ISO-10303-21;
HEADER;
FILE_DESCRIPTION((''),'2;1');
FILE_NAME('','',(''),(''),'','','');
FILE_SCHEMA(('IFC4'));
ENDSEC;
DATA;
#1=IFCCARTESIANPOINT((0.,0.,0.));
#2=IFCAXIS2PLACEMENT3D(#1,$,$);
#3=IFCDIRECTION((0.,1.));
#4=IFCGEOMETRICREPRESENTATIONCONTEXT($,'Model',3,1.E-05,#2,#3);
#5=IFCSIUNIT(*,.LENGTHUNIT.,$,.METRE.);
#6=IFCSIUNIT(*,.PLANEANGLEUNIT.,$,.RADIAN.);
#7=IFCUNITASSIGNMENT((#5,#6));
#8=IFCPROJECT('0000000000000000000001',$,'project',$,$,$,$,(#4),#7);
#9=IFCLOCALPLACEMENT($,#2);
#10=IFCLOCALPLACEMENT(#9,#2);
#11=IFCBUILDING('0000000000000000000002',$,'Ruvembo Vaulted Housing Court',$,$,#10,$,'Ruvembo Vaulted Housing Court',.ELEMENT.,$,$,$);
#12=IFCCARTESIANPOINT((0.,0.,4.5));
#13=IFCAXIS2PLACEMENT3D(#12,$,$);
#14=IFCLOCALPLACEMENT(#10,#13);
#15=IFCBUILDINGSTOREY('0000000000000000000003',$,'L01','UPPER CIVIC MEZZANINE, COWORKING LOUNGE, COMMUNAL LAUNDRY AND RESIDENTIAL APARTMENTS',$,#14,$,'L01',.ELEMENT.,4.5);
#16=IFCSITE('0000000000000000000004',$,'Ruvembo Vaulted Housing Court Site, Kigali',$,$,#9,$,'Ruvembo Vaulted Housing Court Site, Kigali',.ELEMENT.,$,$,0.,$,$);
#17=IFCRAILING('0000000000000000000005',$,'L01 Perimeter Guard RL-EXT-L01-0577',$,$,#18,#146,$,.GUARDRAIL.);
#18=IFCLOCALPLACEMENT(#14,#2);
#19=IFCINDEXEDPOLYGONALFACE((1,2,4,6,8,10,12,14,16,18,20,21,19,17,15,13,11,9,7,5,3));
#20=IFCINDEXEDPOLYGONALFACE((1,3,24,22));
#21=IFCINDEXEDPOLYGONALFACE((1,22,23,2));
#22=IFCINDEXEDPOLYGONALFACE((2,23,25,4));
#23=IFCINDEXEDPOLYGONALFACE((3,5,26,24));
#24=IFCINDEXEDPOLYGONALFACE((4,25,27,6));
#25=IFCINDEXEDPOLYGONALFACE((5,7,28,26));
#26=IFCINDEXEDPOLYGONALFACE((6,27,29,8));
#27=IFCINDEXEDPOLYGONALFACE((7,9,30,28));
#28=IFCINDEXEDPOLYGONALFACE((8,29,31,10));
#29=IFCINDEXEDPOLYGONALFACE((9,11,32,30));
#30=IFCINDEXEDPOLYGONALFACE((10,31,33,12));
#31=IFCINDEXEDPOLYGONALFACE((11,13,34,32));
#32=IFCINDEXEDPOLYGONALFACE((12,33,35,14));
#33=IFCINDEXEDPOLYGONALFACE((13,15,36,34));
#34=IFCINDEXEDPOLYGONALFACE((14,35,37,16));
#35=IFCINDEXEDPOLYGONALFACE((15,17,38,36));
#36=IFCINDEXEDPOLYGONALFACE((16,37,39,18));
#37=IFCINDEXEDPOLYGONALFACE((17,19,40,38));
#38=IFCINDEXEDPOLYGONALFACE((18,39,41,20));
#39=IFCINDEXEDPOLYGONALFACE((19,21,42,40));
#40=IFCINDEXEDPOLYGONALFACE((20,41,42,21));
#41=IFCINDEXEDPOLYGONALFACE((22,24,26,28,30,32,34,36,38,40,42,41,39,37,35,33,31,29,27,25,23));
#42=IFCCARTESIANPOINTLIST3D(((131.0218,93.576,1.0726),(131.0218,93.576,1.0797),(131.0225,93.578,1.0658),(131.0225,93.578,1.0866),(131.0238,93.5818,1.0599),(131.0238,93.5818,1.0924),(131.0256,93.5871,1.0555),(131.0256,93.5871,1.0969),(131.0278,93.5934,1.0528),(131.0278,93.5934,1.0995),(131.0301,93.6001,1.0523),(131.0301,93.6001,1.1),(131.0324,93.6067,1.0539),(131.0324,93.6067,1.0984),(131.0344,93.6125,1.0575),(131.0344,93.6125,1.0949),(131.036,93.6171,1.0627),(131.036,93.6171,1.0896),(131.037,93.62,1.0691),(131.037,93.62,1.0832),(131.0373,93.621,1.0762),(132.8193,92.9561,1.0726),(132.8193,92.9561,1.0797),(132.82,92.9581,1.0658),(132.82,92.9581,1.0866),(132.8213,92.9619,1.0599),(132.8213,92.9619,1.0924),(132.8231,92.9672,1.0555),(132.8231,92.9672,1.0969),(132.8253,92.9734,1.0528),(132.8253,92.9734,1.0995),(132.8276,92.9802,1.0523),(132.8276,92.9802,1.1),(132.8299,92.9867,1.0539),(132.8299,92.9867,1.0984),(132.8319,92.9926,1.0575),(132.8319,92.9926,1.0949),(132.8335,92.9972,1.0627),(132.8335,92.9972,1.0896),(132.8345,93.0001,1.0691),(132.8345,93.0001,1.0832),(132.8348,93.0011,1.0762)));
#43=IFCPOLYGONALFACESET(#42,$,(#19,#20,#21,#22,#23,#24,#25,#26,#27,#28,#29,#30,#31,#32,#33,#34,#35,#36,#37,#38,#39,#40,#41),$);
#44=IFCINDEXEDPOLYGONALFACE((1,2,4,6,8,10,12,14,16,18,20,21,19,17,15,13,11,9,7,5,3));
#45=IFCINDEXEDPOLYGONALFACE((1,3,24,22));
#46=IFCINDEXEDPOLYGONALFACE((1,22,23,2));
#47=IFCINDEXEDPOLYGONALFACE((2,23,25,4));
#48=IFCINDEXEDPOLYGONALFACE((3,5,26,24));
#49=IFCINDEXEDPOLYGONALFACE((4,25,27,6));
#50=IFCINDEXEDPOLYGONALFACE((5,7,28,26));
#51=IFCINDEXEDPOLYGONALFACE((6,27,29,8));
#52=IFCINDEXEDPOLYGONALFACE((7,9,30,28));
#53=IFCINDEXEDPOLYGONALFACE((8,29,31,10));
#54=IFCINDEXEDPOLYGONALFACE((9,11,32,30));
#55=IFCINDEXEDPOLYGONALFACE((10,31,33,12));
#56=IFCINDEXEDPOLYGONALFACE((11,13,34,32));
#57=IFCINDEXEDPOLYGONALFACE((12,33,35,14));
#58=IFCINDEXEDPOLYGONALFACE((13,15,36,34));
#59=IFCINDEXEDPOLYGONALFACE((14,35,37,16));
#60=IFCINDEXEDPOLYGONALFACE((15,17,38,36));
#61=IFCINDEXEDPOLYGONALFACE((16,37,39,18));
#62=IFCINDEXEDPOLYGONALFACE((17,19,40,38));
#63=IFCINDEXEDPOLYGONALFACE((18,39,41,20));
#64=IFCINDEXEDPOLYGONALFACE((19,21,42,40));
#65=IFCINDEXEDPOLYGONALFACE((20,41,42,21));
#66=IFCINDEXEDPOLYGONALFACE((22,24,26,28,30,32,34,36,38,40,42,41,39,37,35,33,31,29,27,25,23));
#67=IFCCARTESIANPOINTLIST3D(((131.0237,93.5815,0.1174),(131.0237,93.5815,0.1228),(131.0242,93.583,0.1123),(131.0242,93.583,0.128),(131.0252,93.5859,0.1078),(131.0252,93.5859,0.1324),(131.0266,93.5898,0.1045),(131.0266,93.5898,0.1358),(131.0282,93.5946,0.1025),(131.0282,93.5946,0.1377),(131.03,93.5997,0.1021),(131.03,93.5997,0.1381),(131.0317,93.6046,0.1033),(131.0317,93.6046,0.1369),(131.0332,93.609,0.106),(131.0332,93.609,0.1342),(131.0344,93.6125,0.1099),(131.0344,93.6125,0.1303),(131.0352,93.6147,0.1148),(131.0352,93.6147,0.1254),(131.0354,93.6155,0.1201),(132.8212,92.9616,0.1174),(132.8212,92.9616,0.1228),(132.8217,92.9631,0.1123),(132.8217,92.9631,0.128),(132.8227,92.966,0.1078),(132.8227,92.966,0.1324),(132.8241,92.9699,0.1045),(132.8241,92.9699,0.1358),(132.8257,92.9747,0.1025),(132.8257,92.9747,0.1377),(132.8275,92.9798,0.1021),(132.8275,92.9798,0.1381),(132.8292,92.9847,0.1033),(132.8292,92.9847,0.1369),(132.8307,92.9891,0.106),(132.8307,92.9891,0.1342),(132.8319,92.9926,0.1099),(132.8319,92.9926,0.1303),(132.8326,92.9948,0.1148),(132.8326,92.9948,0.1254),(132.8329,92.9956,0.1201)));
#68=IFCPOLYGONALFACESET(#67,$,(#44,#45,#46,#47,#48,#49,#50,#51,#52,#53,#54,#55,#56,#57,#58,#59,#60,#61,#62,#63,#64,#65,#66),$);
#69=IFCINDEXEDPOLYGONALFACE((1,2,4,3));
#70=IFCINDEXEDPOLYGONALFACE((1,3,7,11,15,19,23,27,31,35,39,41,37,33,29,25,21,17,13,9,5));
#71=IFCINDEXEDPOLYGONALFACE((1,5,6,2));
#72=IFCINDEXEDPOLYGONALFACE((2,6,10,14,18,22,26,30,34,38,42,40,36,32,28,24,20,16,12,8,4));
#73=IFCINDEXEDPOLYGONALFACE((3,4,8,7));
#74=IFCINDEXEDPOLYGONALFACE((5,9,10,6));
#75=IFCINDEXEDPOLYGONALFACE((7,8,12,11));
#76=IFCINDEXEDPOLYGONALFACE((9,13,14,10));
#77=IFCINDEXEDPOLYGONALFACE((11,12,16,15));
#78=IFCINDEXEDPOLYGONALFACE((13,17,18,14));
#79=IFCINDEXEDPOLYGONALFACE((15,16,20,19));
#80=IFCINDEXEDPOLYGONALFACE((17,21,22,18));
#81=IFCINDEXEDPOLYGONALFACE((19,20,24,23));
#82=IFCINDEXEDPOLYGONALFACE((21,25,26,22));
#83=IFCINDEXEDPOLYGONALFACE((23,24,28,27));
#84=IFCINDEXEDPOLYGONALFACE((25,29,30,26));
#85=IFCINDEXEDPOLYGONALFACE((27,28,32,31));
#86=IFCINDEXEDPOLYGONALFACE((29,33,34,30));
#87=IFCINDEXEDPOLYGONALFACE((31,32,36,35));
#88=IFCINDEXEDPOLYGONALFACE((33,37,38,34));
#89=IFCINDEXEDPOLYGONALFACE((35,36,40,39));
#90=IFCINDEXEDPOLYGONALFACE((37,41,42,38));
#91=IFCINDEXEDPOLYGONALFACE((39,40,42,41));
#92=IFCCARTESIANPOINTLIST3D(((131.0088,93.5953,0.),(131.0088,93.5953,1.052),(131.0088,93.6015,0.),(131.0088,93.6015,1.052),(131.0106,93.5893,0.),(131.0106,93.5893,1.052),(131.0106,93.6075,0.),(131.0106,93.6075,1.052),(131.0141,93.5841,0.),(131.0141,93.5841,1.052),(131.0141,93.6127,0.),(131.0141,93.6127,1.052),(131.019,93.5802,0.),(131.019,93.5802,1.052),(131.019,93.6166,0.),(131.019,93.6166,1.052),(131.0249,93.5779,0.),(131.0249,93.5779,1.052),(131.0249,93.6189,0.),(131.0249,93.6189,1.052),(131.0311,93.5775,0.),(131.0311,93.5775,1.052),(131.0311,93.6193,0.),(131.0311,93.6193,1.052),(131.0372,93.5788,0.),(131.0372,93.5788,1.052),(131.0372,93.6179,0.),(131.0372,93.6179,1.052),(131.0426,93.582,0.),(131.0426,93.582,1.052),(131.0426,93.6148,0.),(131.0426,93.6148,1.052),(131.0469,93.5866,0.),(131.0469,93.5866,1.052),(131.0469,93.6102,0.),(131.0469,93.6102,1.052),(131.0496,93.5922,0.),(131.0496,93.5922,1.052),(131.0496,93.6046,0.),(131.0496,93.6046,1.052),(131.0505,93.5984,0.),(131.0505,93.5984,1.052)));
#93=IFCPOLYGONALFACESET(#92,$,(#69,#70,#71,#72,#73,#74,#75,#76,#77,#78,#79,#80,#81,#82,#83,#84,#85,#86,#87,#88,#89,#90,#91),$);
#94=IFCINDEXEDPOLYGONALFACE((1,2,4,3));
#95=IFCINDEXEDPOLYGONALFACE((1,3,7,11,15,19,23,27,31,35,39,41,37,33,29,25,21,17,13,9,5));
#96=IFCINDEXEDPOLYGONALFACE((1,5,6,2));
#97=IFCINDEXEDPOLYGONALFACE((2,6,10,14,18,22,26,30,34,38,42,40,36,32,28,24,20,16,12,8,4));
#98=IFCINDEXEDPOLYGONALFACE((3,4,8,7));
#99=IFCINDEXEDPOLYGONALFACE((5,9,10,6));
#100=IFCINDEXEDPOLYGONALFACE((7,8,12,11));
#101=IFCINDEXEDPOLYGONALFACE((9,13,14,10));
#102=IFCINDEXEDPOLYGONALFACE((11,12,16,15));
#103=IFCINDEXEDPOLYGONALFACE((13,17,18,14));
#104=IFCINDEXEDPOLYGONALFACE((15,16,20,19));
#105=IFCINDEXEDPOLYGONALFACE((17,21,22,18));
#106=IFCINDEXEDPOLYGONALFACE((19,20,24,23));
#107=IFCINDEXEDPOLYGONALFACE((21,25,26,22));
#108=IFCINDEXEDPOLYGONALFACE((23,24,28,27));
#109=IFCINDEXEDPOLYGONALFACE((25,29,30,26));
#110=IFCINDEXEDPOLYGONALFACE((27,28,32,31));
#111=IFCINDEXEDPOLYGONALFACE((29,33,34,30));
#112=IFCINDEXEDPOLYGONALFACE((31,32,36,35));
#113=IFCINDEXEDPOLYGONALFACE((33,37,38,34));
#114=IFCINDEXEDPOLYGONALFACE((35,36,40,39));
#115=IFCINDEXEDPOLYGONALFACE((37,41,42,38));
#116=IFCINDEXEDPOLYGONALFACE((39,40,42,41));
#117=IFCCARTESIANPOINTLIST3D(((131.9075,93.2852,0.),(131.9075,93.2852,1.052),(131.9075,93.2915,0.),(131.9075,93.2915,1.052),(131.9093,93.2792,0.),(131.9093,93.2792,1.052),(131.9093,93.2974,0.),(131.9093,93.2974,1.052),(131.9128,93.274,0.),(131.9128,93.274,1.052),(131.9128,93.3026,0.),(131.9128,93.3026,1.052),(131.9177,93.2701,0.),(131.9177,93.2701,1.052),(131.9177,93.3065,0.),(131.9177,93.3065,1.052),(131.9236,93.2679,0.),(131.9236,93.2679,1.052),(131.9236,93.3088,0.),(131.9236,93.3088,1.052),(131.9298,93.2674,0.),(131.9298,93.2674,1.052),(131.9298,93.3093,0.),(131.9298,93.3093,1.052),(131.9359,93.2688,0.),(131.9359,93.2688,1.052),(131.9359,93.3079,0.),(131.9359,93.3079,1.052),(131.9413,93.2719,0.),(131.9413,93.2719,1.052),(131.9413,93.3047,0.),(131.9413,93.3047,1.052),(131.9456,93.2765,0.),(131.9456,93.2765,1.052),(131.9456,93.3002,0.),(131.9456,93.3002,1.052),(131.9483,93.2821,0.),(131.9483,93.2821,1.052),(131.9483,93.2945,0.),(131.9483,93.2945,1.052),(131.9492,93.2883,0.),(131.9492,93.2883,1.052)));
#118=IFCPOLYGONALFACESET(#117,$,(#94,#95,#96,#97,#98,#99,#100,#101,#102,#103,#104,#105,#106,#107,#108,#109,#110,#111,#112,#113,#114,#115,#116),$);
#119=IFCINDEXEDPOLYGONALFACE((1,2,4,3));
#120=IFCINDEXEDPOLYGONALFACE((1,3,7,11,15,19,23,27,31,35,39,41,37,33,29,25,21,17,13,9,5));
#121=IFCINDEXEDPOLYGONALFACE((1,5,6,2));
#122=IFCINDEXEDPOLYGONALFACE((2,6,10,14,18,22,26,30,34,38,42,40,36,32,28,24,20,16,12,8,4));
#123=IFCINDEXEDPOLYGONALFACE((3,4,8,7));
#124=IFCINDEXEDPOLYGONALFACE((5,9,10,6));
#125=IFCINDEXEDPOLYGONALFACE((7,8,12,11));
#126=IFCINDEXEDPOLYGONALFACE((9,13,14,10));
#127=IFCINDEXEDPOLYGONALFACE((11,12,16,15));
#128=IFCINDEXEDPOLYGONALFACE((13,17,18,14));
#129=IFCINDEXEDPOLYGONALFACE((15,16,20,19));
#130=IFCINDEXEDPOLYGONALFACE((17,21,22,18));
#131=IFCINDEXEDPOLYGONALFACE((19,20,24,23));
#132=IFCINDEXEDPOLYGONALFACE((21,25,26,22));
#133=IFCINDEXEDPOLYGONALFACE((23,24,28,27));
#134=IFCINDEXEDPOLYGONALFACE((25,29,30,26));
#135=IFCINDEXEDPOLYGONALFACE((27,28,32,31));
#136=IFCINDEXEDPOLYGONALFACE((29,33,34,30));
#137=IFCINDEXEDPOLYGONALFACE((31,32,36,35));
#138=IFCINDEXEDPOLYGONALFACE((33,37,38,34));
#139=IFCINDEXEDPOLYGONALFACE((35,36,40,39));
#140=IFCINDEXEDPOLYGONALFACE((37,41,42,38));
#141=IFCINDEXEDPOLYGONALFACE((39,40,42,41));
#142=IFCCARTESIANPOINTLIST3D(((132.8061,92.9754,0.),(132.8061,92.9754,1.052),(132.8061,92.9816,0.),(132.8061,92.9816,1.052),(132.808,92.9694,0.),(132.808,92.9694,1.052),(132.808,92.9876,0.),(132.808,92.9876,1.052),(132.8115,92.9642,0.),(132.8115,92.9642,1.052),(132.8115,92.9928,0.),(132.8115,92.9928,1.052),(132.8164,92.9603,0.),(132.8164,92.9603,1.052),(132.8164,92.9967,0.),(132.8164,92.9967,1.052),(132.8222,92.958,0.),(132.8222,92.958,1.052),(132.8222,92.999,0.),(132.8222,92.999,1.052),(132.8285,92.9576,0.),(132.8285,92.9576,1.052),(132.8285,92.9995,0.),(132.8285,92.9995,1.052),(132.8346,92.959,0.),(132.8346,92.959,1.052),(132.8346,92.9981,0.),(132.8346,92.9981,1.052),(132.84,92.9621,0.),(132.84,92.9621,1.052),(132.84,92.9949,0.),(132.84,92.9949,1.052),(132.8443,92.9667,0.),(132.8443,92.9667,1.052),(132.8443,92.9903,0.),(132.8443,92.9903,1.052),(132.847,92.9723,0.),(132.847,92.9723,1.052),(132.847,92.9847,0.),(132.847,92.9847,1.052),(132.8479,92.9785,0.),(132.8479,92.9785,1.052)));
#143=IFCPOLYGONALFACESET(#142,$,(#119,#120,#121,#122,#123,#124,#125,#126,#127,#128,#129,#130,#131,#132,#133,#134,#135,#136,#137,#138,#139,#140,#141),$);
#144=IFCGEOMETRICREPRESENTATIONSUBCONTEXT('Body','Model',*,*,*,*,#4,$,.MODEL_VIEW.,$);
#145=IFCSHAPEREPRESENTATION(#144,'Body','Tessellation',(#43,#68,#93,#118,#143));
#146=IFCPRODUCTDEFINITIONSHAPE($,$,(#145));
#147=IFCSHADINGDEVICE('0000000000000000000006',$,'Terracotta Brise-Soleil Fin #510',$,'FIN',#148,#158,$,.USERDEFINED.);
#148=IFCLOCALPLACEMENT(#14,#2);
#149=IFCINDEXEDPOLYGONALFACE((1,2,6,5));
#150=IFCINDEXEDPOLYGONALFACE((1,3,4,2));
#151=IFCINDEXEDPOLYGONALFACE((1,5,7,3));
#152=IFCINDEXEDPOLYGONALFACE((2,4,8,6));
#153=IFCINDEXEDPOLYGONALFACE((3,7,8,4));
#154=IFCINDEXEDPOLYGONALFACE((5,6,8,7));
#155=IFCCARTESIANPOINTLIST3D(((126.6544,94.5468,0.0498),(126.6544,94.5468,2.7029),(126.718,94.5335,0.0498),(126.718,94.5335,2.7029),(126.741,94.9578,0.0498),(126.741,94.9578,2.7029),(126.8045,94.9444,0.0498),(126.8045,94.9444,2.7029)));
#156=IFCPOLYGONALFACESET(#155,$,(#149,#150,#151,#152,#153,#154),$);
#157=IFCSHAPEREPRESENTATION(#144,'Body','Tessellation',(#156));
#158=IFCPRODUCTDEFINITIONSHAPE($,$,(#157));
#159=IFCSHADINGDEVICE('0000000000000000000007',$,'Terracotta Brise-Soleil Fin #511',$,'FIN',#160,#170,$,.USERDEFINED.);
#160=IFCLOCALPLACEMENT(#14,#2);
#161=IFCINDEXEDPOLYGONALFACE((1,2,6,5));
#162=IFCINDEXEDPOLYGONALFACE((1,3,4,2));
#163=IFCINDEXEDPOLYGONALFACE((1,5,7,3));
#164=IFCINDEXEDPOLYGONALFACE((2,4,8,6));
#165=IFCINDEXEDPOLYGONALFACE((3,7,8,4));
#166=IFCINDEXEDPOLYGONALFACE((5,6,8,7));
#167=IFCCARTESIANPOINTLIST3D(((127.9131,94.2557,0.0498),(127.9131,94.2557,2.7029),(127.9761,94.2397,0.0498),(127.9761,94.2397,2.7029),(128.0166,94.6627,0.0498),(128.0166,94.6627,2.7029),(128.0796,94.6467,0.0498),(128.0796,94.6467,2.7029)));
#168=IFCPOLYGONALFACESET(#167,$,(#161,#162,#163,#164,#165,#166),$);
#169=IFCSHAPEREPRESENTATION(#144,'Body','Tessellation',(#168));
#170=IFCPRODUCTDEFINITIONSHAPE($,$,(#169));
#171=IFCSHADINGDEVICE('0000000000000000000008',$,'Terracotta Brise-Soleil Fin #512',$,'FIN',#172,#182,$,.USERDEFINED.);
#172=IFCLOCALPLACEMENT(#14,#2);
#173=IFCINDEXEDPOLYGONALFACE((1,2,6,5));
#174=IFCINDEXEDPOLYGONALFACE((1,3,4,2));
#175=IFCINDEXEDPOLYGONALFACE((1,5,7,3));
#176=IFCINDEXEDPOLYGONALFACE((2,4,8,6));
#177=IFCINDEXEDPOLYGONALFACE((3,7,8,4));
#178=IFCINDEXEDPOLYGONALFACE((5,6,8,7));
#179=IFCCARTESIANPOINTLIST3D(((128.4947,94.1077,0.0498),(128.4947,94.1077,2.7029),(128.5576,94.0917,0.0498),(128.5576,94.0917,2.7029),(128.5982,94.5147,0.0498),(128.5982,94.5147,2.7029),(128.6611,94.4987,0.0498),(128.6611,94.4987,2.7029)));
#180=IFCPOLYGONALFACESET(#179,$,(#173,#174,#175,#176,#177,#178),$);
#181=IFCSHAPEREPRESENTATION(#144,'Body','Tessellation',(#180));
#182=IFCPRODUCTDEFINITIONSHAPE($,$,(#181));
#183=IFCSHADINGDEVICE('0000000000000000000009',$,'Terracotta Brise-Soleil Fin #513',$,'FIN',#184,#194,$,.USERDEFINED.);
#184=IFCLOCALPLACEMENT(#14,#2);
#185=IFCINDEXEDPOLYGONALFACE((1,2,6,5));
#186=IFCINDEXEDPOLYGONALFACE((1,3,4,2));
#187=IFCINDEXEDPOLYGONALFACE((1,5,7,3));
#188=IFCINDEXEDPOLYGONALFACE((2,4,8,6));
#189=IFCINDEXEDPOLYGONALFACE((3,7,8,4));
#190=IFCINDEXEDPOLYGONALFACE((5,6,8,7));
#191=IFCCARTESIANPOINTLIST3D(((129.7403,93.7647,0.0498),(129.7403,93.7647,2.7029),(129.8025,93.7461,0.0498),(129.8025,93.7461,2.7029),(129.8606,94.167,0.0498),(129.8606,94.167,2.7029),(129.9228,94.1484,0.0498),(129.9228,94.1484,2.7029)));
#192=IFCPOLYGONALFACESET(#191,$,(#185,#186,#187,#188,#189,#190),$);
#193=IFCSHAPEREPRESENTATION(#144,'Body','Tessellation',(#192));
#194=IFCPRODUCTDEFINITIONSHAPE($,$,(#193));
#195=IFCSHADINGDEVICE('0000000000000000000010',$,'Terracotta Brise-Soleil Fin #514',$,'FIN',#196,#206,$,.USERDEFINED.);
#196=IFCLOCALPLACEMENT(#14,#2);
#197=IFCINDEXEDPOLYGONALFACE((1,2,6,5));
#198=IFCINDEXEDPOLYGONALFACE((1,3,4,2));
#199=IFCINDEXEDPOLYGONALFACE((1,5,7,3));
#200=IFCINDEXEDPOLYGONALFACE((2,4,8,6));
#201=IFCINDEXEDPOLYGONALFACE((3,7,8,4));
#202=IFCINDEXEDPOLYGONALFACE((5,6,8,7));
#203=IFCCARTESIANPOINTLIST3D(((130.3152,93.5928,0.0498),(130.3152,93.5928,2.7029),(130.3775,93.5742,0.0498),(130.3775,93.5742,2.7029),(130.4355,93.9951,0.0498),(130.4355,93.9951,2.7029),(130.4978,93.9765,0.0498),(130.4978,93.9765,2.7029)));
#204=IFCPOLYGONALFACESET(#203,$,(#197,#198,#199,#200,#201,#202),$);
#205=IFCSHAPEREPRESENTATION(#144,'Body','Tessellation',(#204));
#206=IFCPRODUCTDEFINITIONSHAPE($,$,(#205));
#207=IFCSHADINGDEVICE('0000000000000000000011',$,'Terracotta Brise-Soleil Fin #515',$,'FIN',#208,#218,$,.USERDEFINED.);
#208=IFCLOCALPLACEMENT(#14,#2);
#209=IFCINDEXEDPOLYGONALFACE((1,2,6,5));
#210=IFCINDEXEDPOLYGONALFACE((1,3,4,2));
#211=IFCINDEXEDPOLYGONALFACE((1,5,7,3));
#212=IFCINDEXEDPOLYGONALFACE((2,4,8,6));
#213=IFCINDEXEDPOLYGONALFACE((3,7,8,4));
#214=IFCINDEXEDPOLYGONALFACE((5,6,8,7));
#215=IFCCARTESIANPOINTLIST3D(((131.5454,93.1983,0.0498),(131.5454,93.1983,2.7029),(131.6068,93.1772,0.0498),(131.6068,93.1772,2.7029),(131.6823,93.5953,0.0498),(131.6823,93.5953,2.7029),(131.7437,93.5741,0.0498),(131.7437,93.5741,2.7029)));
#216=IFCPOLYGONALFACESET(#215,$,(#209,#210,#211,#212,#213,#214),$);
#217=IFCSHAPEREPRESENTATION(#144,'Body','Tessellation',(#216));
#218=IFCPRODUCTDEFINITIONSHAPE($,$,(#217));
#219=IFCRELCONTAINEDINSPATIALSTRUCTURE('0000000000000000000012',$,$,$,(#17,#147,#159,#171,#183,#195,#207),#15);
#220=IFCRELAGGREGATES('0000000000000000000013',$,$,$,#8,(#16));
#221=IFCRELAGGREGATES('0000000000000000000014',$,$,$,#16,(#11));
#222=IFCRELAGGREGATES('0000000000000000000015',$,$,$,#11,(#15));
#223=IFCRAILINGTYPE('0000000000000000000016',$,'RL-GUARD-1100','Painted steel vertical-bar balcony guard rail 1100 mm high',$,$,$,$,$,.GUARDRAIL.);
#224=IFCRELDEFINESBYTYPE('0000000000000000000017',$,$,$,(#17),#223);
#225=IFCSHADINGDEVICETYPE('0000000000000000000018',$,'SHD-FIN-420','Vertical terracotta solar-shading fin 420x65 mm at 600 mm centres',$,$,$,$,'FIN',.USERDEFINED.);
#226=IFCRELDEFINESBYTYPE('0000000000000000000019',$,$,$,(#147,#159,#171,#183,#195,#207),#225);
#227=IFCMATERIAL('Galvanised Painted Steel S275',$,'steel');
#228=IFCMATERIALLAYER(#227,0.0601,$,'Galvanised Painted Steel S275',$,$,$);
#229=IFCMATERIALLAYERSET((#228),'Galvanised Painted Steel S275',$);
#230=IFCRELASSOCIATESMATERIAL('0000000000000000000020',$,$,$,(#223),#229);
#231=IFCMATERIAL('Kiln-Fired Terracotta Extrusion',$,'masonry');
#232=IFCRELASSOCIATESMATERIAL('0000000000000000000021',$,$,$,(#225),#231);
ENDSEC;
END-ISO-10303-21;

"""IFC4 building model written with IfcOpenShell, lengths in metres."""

from ifc_helpers import new_model, si_unit, direction, frame, origin, origin_2d, place, context, subcontext, project, spatial, rectangle, circle, extrude, material, layer, layer_set, type_object, element, save


model = new_model("IFC4")

# Units and contexts
model_context = context("Model", 3, precision=1e-05, world=origin(), true_north=direction((0.0, 1.0)))
body_context = subcontext(model_context, "Body", "Model", "MODEL_VIEW")
ifc_project = project(units=[si_unit("LENGTHUNIT", "METRE"), si_unit("PLANEANGLEUNIT", "RADIAN")], contexts=[model_context])

# Site, building, storey
site_placement = place(None, origin())
site = spatial("IfcSite", under=ifc_project, at=site_placement, Name="Ruvembo Vaulted Housing Court Site, Kigali", LongName="Ruvembo Vaulted Housing Court Site, Kigali", CompositionType="ELEMENT", RefElevation=0.0)
building_placement = place(site_placement, origin())
building = spatial("IfcBuilding", under=site, at=building_placement, Name="Ruvembo Vaulted Housing Court", LongName="Ruvembo Vaulted Housing Court", CompositionType="ELEMENT")
storey_placement = place(building_placement, frame((0.0, 0.0, 4.5)))
storey = spatial("IfcBuildingStorey", under=building, at=storey_placement, Name="L01", Description="UPPER CIVIC MEZZANINE, COWORKING LOUNGE, COMMUNAL LAUNDRY AND RESIDENTIAL APARTMENTS", LongName="L01", CompositionType="ELEMENT", Elevation=4.5)

# Railing
ifc_material_1 = material(Name="Galvanised Painted Steel S275", Category="steel")
ifc_layer = layer(ifc_material_1, 0.0601, Name="Galvanised Painted Steel S275")
ifc_layer_set = layer_set([ifc_layer], Name="Galvanised Painted Steel S275")
railing_type = type_object("IfcRailingType", Name="RL-GUARD-1100", Description="Painted steel vertical-bar balcony guard rail 1100 mm high", PredefinedType="GUARDRAIL", material=ifc_layer_set)
railing_1_placement = place(storey_placement, frame((131.0295, 93.5984, 0.0)))
element("IfcRailing", 1, at=railing_1_placement, inside=storey, type_object=railing_type, Name="L01 Perimeter Guard RL-EXT-L01-0577", PredefinedType="GUARDRAIL", context=body_context, shape_type="SweptSolid", body=[
    extrude(circle(Radius=0.0239, at=origin_2d()), frame((0.0, 0.0, 1.0762), z_axis=(0.945358, -0.326034, 0.0), x_axis=(0.326034, 0.945358, 0.0)), (0.0, 0.0, 1.0), 1.9014),
    extrude(circle(Radius=0.0181, at=origin_2d()), frame((0.0, 0.0, 0.1201), z_axis=(0.945358, -0.326034, 0.0), x_axis=(0.326034, 0.945358, 0.0)), (0.0, 0.0, 1.0), 1.9014),
    extrude(circle(Radius=0.021, at=origin_2d()), origin(), (0.0, 0.0, 1.0), 1.052),
    extrude(circle(Radius=0.021, at=origin_2d()), frame((0.8987, -0.3101, 0.0)), (0.0, 0.0, 1.0), 1.052),
    extrude(circle(Radius=0.021, at=origin_2d()), frame((1.7974, -0.6199, 0.0)), (0.0, 0.0, 1.0), 1.052),
])

# Shading devices
ifc_material_2 = material(Name="Kiln-Fired Terracotta Extrusion", Category="masonry")
shading_device_type = type_object("IfcShadingDeviceType", Name="SHD-FIN-420", Description="Vertical terracotta solar-shading fin 420x65 mm at 600 mm centres", ElementType="FIN", PredefinedType="USERDEFINED", material=ifc_material_2)
for number, where, z_axis, x_axis, name in (
    (2, (126.7295, 94.7456, 0.0498), (0.0, 0.0, 1.0), (-0.206102, -0.978531, 0.0), "Terracotta Brise-Soleil Fin #510"),
    (3, (127.9963, 94.4512, 0.0498), (0.0, 0.0, 1.0), (-0.246492, -0.969145, 0.0), "Terracotta Brise-Soleil Fin #511"),
    (4, (128.5779, 94.3032, 0.0498), (0.0, 0.0, 1.0), (-0.246492, -0.969145, 0.0), "Terracotta Brise-Soleil Fin #512"),
    (5, (129.8315, 93.9565, 0.0498), (0.0, 0.0, 1.0), (-0.286491, -0.958083, 0.0), "Terracotta Brise-Soleil Fin #513"),
    (6, (130.4065, 93.7847, 0.0498), (0.0, 0.0, 1.0), (-0.286491, -0.958083, 0.0), "Terracotta Brise-Soleil Fin #514"),
    (7, (131.6445, 93.3862, 0.0498), (0.0, 0.0, 1.0), (-0.32603, -0.945359, 0.0), "Terracotta Brise-Soleil Fin #515"),
):
    element("IfcShadingDevice", number, at=place(storey_placement, frame(where, z_axis=z_axis, x_axis=x_axis)), inside=storey, type_object=shading_device_type, Name=name, ObjectType="FIN", PredefinedType="USERDEFINED", context=body_context, shape_type="SweptSolid", body=[
        extrude(rectangle(XDim=0.4199, YDim=0.0649, at=origin_2d()), origin(), (0.0, 0.0, 1.0), 2.6531),
    ])

save(model, "model.ifc")
